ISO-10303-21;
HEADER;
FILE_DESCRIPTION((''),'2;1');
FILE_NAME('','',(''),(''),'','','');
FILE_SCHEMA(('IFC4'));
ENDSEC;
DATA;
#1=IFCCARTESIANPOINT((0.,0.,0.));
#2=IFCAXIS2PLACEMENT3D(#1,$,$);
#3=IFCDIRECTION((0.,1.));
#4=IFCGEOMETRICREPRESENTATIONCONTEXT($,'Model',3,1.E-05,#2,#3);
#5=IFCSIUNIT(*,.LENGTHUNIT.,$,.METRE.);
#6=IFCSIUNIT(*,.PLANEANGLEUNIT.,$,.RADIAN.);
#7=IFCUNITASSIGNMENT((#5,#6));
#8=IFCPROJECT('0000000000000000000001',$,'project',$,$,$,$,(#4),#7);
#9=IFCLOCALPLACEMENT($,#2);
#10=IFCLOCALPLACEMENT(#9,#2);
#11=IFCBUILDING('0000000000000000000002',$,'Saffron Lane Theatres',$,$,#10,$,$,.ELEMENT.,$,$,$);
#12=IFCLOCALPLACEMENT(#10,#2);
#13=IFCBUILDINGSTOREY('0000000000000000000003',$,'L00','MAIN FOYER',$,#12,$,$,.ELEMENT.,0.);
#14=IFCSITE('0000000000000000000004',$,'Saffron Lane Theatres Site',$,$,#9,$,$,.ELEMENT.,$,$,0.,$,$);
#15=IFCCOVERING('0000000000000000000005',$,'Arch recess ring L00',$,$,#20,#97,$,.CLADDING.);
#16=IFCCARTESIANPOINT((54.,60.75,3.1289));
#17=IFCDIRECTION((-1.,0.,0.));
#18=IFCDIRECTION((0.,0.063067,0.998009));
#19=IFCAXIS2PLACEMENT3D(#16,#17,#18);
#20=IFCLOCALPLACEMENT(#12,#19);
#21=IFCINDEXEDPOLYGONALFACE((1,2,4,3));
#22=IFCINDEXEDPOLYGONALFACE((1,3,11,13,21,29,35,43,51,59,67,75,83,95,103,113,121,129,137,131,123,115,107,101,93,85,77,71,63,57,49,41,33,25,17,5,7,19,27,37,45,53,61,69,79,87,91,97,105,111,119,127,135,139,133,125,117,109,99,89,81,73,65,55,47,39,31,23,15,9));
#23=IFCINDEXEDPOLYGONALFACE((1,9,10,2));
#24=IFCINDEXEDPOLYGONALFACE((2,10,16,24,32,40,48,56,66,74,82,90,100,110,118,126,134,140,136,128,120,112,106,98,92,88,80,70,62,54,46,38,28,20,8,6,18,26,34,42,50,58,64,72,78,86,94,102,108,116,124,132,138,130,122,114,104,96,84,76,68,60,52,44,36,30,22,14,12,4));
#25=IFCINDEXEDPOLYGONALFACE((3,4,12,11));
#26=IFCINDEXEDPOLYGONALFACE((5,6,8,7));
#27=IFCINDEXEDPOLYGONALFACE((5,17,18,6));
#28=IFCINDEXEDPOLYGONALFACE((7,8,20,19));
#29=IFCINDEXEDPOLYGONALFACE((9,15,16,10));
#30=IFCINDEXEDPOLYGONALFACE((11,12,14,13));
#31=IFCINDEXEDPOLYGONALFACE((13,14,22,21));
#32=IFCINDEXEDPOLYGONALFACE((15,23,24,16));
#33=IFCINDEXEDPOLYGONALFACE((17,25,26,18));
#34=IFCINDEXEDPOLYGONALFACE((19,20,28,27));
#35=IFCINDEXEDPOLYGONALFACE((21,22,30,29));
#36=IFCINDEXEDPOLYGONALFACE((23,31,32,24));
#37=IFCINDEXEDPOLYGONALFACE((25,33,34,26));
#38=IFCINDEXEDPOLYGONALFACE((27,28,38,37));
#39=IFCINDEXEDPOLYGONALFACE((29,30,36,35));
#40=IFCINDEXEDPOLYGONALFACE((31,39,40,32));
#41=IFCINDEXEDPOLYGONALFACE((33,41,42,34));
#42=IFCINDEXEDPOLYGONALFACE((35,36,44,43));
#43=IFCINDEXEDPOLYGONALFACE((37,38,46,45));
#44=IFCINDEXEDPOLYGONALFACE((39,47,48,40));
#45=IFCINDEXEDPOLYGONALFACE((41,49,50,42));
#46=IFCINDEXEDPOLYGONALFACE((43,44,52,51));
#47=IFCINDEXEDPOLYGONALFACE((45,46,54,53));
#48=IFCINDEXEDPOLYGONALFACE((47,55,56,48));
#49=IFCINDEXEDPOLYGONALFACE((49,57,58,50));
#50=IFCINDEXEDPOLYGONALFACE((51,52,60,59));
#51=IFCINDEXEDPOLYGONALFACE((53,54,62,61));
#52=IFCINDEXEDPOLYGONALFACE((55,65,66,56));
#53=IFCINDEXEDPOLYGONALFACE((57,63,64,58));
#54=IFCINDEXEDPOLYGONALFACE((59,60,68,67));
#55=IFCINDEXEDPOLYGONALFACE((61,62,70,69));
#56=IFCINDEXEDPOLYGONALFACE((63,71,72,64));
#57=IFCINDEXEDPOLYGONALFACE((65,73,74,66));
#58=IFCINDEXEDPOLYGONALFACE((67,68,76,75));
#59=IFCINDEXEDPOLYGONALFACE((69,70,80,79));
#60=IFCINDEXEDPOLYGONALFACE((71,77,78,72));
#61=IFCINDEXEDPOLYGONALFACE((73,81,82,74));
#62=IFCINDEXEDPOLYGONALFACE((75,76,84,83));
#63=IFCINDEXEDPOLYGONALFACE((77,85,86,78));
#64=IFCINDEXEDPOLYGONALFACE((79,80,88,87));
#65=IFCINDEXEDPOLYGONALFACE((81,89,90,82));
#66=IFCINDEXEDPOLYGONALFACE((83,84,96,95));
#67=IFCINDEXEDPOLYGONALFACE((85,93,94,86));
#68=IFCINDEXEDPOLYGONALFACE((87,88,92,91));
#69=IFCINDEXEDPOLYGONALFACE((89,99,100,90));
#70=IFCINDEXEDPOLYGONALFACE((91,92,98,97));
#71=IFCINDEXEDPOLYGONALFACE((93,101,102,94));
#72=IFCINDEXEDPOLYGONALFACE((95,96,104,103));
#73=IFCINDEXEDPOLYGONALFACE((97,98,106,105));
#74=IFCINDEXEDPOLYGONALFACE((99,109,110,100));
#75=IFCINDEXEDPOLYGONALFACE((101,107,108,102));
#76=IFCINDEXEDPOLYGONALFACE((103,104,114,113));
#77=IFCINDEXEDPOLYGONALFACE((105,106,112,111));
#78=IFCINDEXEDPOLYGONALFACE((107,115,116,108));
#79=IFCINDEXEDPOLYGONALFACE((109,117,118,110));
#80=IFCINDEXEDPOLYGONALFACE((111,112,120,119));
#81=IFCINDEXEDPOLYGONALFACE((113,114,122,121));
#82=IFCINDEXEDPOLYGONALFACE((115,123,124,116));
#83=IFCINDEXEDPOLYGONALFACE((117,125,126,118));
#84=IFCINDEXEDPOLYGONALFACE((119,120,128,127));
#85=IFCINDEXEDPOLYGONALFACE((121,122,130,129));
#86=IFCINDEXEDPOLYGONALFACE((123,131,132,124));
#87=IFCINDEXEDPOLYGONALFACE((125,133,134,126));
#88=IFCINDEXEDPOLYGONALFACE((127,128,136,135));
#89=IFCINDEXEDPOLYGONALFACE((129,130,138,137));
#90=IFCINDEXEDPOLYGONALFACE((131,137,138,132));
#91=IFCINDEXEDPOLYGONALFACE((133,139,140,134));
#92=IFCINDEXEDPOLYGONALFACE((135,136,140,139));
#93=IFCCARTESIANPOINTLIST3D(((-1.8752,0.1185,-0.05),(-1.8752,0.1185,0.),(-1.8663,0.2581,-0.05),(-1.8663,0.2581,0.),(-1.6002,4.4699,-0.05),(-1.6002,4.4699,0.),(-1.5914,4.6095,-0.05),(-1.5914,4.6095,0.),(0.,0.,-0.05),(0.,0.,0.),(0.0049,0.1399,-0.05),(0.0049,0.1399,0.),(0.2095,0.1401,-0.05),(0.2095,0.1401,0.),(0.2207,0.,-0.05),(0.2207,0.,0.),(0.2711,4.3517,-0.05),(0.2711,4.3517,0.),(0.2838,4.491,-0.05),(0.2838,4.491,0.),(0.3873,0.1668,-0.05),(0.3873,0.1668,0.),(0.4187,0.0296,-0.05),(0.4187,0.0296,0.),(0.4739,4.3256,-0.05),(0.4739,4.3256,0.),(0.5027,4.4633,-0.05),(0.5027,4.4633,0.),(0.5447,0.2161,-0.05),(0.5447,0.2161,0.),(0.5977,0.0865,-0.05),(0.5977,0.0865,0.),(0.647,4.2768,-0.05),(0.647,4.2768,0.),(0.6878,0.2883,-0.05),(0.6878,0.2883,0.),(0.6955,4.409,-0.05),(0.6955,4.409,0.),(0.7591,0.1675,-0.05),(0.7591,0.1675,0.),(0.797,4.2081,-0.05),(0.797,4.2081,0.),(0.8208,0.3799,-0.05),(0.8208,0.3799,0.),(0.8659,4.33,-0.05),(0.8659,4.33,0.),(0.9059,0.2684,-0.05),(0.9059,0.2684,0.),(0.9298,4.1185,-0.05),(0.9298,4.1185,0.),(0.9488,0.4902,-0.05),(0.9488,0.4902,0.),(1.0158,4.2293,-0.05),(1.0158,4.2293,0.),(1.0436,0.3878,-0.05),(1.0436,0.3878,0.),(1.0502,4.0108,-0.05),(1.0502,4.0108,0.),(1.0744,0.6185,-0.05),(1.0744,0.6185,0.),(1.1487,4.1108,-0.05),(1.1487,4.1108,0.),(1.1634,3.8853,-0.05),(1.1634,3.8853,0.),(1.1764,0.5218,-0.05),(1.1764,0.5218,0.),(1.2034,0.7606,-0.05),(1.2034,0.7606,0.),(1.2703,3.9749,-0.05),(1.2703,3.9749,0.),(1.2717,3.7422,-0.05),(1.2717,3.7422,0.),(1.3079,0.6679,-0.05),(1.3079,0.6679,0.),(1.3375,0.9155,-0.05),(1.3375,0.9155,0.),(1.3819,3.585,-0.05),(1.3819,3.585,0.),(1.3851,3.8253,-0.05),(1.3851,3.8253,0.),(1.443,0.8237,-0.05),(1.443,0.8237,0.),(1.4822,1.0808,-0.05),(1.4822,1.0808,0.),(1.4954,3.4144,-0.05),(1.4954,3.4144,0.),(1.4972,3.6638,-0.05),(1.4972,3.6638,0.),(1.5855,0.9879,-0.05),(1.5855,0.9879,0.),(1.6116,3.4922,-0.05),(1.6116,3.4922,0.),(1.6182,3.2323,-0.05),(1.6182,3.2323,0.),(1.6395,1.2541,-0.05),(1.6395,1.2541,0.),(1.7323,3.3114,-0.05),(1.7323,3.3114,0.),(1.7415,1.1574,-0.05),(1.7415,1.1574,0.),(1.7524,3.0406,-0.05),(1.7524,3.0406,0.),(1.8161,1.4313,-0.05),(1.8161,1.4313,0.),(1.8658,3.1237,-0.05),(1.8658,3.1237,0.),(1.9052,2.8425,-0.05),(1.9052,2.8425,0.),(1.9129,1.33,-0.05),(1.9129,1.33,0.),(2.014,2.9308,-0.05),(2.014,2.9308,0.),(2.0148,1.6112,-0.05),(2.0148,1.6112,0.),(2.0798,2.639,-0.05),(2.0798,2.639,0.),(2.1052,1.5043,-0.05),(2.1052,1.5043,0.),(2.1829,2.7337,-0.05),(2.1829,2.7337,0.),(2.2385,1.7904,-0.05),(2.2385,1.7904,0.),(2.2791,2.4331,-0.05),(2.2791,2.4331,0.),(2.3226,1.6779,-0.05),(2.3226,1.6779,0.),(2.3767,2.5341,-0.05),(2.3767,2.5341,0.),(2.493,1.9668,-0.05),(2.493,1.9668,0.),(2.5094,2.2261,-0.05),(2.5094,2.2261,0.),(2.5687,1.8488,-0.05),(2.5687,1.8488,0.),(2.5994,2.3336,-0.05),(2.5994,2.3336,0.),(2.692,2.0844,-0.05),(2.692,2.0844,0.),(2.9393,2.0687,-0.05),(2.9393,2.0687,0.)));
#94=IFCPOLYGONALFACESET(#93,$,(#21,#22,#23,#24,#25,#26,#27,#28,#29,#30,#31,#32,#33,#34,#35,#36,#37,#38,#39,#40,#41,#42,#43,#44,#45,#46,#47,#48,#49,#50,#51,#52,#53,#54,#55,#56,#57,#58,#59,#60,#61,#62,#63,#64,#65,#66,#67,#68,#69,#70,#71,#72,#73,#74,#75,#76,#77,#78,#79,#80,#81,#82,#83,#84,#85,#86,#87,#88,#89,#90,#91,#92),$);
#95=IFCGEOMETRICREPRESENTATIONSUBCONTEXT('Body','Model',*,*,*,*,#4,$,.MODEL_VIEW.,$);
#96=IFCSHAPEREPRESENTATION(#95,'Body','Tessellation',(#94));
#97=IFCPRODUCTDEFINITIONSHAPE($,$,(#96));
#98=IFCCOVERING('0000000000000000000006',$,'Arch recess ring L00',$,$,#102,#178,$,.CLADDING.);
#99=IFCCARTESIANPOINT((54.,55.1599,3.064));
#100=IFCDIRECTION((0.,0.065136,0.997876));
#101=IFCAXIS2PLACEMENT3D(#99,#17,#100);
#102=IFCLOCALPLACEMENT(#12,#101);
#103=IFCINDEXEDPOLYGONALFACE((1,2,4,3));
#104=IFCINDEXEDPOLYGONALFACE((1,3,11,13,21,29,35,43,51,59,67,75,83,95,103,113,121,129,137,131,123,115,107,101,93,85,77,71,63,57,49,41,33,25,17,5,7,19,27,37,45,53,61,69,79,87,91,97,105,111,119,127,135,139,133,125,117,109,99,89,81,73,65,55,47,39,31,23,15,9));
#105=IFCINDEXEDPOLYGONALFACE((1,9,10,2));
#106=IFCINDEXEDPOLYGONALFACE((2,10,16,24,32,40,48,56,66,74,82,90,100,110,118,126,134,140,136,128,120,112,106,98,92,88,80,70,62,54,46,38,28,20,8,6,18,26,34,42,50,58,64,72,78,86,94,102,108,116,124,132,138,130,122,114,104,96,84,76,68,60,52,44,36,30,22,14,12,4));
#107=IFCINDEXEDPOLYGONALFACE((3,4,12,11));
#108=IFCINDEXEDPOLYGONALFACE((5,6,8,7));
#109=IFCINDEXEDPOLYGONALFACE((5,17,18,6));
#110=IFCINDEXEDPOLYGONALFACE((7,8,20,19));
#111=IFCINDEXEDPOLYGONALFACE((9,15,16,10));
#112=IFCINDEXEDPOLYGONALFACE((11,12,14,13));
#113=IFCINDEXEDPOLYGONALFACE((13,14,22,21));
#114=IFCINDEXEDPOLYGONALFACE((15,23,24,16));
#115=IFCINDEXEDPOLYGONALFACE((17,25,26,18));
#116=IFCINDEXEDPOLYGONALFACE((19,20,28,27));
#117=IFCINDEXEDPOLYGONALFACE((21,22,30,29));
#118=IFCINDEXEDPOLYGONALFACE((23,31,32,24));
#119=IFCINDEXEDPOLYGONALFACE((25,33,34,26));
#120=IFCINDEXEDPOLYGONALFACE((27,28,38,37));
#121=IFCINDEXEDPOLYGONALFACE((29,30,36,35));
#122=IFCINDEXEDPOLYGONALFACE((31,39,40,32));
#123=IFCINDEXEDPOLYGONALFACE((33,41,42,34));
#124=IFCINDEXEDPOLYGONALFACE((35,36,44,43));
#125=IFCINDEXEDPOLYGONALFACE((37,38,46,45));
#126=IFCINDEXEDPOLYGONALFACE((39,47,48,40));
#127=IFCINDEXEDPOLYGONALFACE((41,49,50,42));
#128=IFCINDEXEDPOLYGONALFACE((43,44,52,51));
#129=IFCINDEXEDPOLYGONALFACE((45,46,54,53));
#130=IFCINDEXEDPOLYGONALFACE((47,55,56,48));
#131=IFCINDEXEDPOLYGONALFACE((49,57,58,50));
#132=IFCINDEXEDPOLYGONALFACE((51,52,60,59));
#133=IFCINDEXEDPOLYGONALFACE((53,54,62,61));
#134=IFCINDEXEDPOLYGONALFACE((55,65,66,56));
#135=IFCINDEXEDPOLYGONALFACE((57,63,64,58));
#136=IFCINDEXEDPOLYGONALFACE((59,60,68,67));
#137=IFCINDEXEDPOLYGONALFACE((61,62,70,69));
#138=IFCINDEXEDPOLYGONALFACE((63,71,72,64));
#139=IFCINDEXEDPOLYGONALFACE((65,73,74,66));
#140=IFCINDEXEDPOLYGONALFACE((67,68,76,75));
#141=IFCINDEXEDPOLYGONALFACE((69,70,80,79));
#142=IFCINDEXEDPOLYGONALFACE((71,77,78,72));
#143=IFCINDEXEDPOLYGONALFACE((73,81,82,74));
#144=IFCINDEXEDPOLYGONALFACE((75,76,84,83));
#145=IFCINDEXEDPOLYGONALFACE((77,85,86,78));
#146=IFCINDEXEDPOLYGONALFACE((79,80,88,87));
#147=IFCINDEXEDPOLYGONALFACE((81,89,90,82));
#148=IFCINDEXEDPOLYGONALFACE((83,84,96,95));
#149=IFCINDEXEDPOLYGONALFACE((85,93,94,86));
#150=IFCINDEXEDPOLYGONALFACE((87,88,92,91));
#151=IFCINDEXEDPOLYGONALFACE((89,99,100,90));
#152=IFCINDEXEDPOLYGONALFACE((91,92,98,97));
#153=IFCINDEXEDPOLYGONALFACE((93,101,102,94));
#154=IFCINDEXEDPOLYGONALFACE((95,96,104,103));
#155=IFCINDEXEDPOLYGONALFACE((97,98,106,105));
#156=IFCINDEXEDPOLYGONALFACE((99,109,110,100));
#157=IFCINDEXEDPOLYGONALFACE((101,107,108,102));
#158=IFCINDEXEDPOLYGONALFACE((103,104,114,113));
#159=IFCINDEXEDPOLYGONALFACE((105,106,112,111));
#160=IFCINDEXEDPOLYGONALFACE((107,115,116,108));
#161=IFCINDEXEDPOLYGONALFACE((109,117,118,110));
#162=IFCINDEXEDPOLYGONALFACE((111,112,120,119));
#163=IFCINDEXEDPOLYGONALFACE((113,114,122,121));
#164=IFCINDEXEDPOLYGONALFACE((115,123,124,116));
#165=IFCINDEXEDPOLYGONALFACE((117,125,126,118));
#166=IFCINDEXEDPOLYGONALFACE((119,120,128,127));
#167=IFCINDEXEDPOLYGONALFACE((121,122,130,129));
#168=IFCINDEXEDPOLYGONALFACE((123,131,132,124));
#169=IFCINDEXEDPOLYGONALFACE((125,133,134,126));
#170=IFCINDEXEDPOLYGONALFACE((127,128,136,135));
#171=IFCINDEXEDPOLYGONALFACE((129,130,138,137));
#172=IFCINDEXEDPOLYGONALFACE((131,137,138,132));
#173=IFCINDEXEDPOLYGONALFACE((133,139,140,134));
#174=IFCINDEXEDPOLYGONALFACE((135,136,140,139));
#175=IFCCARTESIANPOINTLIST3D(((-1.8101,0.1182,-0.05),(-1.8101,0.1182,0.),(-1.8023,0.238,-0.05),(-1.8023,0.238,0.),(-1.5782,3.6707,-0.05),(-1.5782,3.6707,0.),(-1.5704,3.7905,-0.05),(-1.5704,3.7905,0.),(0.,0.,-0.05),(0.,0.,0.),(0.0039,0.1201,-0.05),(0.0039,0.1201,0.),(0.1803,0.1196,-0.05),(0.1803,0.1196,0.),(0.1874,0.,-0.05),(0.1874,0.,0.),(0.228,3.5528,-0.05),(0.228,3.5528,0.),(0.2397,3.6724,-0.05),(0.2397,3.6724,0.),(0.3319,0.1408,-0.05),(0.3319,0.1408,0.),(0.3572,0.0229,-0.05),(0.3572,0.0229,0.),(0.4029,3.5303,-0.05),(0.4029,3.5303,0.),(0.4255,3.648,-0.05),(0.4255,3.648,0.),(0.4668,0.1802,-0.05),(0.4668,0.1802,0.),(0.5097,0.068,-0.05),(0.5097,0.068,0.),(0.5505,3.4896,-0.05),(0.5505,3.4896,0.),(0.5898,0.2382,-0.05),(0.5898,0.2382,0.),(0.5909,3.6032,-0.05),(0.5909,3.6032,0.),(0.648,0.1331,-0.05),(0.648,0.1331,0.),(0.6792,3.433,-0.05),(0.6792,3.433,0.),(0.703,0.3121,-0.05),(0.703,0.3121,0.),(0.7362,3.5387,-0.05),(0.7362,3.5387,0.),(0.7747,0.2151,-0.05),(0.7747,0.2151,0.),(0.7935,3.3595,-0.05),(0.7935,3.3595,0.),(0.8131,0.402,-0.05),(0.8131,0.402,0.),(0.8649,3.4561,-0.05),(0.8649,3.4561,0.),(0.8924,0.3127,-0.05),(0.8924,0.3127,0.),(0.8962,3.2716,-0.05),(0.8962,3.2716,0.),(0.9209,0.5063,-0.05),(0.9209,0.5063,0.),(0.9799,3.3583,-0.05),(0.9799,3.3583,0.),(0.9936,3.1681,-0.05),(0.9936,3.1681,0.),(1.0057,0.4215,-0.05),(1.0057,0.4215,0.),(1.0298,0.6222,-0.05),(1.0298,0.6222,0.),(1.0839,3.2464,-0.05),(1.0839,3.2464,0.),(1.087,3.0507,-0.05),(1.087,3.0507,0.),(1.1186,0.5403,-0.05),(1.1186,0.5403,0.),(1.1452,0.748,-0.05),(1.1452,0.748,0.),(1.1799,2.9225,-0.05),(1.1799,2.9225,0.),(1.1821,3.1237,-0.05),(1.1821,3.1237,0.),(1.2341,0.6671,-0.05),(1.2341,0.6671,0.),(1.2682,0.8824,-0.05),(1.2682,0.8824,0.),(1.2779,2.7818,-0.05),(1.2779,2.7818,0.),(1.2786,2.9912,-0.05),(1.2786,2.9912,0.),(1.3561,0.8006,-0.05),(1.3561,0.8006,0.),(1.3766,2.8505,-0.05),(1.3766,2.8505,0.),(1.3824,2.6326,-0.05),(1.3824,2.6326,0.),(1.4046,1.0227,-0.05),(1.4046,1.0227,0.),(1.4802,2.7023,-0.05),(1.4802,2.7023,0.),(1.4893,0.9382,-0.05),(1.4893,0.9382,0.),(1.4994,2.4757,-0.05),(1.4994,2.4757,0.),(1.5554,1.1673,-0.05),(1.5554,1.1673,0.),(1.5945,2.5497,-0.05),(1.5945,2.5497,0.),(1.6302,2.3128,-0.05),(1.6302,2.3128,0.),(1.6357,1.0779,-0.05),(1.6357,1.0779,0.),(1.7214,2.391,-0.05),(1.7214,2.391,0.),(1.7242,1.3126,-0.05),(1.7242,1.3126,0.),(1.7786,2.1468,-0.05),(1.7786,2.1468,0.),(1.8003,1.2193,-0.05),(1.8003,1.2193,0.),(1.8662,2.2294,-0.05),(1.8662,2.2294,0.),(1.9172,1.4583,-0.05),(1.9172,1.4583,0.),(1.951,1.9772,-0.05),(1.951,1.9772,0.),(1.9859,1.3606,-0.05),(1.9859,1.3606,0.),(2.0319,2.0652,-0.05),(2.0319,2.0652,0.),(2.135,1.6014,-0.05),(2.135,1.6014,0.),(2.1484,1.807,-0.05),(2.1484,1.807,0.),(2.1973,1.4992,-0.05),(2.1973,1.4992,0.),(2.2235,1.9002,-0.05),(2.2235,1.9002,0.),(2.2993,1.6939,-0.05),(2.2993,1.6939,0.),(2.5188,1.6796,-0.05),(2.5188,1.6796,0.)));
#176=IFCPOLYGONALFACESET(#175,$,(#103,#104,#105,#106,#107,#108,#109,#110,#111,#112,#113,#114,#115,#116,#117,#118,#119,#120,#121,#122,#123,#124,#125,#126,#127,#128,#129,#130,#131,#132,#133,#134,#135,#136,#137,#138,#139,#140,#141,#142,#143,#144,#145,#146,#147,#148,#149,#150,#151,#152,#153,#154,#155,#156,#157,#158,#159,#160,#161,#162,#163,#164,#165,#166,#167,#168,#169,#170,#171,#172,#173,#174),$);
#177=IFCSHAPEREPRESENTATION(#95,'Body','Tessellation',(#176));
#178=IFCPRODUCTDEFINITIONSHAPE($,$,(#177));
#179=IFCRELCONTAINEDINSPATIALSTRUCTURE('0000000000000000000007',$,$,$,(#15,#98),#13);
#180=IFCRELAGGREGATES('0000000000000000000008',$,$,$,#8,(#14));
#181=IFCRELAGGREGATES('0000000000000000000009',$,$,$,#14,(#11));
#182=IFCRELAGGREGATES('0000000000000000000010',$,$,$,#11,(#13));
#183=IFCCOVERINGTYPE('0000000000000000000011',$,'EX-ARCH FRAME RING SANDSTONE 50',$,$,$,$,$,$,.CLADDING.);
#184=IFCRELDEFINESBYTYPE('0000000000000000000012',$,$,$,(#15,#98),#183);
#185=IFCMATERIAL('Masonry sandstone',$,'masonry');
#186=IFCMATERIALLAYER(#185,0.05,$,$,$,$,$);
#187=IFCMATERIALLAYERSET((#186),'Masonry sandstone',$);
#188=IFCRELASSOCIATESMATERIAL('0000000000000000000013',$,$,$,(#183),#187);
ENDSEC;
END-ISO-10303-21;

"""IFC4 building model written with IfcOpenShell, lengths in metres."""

from ifc_helpers import new_model, si_unit, direction, frame, origin, place, context, subcontext, project, spatial, polyline, outline, extrude, material, layer, layer_set, type_object, element, save


model = new_model("IFC4")

# Units and contexts
model_context = context("Model", 3, precision=1e-05, world=origin(), true_north=direction((0.0, 1.0)))
body_context = subcontext(model_context, "Body", "Model", "MODEL_VIEW")
ifc_project = project(units=[si_unit("LENGTHUNIT", "METRE"), si_unit("PLANEANGLEUNIT", "RADIAN")], contexts=[model_context])

# Site, building, storey
site_placement = place(None, origin())
site = spatial("IfcSite", under=ifc_project, at=site_placement, Name="Saffron Lane Theatres Site", CompositionType="ELEMENT", RefElevation=0.0)
building_placement = place(site_placement, origin())
building = spatial("IfcBuilding", under=site, at=building_placement, Name="Saffron Lane Theatres", CompositionType="ELEMENT")
storey_placement = place(building_placement, origin())
storey = spatial("IfcBuildingStorey", under=building, at=storey_placement, Name="L00", Description="MAIN FOYER", CompositionType="ELEMENT", Elevation=0.0)

# Coverings
ifc_material_1 = material(Name="Masonry sandstone", Category="masonry")
ifc_layer_1 = layer(ifc_material_1, 0.05)
ifc_layer_set_1 = layer_set([ifc_layer_1], Name="Masonry sandstone")
covering_type_1 = type_object("IfcCoveringType", Name="EX-ARCH FRAME RING SANDSTONE 50", PredefinedType="CLADDING", material=ifc_layer_set_1)
covering_1_placement = place(storey_placement, frame((54.0, 60.75, 3.1289), z_axis=(-1.0, 0.0, 0.0), x_axis=(0.0, 0.063067, 0.998009)))
element("IfcCovering", 1, at=covering_1_placement, inside=storey, type_object=covering_type_1, Name="Arch recess ring L00", PredefinedType="CLADDING", context=body_context, shape_type="SweptSolid", body=[
    extrude(outline(polyline([(0.0, 0.0), (0.2207, 0.0), (0.4187, 0.0296), (0.5977, 0.0865), (0.7591, 0.1675), (0.9059, 0.2684), (1.0436, 0.3878), (1.1764, 0.5218), (1.3079, 0.6679), (1.443, 0.8237), (1.5855, 0.9879), (1.7415, 1.1574), (1.9129, 1.33), (2.1052, 1.5043), (2.3226, 1.6779), (2.5687, 1.8488), (2.9393, 2.0687), (2.5994, 2.3336), (2.3767, 2.5341), (2.1829, 2.7337), (2.014, 2.9308), (1.8658, 3.1237), (1.7323, 3.3114), (1.6116, 3.4922), (1.4972, 3.6638), (1.3851, 3.8253), (1.2703, 3.9749), (1.1487, 4.1108), (1.0158, 4.2293), (0.8659, 4.33), (0.6955, 4.409), (0.5027, 4.4633), (0.2838, 4.491), (-1.5914, 4.6095), (-1.6002, 4.4699), (0.2711, 4.3517), (0.4739, 4.3256), (0.647, 4.2768), (0.797, 4.2081), (0.9298, 4.1185), (1.0502, 4.0108), (1.1634, 3.8853), (1.2717, 3.7422), (1.3819, 3.585), (1.4954, 3.4144), (1.6182, 3.2323), (1.7524, 3.0406), (1.9052, 2.8425), (2.0798, 2.639), (2.2791, 2.4331), (2.5094, 2.2261), (2.692, 2.0844), (2.493, 1.9668), (2.2385, 1.7904), (2.0148, 1.6112), (1.8161, 1.4313), (1.6395, 1.2541), (1.4822, 1.0808), (1.3375, 0.9155), (1.2034, 0.7606), (1.0744, 0.6185), (0.9488, 0.4902), (0.8208, 0.3799), (0.6878, 0.2883), (0.5447, 0.2161), (0.3873, 0.1668), (0.2095, 0.1401), (0.0049, 0.1399), (-1.8663, 0.2581), (-1.8752, 0.1185), (0.0, 0.0)])), origin(), (0.0, 0.0, -1.0), 0.05),
])
covering_2_placement = place(storey_placement, frame((54.0, 55.1599, 3.064), z_axis=(-1.0, 0.0, 0.0), x_axis=(0.0, 0.065136, 0.997876)))
element("IfcCovering", 2, at=covering_2_placement, inside=storey, type_object=covering_type_1, Name="Arch recess ring L00", PredefinedType="CLADDING", context=body_context, shape_type="SweptSolid", body=[
    extrude(outline(polyline([(0.0, 0.0), (0.1874, 0.0), (0.3572, 0.0229), (0.5097, 0.068), (0.648, 0.1331), (0.7747, 0.2151), (0.8924, 0.3127), (1.0057, 0.4215), (1.1186, 0.5403), (1.2341, 0.6671), (1.3561, 0.8006), (1.4893, 0.9382), (1.6357, 1.0779), (1.8003, 1.2193), (1.9859, 1.3606), (2.1973, 1.4992), (2.5188, 1.6796), (2.2235, 1.9002), (2.0319, 2.0652), (1.8662, 2.2294), (1.7214, 2.391), (1.5945, 2.5497), (1.4802, 2.7023), (1.3766, 2.8505), (1.2786, 2.9912), (1.1821, 3.1237), (1.0839, 3.2464), (0.9799, 3.3583), (0.8649, 3.4561), (0.7362, 3.5387), (0.5909, 3.6032), (0.4255, 3.648), (0.2397, 3.6724), (-1.5704, 3.7905), (-1.5782, 3.6707), (0.228, 3.5528), (0.4029, 3.5303), (0.5505, 3.4896), (0.6792, 3.433), (0.7935, 3.3595), (0.8962, 3.2716), (0.9936, 3.1681), (1.087, 3.0507), (1.1799, 2.9225), (1.2779, 2.7818), (1.3824, 2.6326), (1.4994, 2.4757), (1.6302, 2.3128), (1.7786, 2.1468), (1.951, 1.9772), (2.1484, 1.807), (2.2993, 1.6939), (2.135, 1.6014), (1.9172, 1.4583), (1.7242, 1.3126), (1.5554, 1.1673), (1.4046, 1.0227), (1.2682, 0.8824), (1.1452, 0.748), (1.0298, 0.6222), (0.9209, 0.5063), (0.8131, 0.402), (0.703, 0.3121), (0.5898, 0.2382), (0.4668, 0.1802), (0.3319, 0.1408), (0.1803, 0.1196), (0.0039, 0.1201), (-1.8023, 0.238), (-1.8101, 0.1182), (0.0, 0.0)])), origin(), (0.0, 0.0, -1.0), 0.05),
])

save(model, "model.ifc")
